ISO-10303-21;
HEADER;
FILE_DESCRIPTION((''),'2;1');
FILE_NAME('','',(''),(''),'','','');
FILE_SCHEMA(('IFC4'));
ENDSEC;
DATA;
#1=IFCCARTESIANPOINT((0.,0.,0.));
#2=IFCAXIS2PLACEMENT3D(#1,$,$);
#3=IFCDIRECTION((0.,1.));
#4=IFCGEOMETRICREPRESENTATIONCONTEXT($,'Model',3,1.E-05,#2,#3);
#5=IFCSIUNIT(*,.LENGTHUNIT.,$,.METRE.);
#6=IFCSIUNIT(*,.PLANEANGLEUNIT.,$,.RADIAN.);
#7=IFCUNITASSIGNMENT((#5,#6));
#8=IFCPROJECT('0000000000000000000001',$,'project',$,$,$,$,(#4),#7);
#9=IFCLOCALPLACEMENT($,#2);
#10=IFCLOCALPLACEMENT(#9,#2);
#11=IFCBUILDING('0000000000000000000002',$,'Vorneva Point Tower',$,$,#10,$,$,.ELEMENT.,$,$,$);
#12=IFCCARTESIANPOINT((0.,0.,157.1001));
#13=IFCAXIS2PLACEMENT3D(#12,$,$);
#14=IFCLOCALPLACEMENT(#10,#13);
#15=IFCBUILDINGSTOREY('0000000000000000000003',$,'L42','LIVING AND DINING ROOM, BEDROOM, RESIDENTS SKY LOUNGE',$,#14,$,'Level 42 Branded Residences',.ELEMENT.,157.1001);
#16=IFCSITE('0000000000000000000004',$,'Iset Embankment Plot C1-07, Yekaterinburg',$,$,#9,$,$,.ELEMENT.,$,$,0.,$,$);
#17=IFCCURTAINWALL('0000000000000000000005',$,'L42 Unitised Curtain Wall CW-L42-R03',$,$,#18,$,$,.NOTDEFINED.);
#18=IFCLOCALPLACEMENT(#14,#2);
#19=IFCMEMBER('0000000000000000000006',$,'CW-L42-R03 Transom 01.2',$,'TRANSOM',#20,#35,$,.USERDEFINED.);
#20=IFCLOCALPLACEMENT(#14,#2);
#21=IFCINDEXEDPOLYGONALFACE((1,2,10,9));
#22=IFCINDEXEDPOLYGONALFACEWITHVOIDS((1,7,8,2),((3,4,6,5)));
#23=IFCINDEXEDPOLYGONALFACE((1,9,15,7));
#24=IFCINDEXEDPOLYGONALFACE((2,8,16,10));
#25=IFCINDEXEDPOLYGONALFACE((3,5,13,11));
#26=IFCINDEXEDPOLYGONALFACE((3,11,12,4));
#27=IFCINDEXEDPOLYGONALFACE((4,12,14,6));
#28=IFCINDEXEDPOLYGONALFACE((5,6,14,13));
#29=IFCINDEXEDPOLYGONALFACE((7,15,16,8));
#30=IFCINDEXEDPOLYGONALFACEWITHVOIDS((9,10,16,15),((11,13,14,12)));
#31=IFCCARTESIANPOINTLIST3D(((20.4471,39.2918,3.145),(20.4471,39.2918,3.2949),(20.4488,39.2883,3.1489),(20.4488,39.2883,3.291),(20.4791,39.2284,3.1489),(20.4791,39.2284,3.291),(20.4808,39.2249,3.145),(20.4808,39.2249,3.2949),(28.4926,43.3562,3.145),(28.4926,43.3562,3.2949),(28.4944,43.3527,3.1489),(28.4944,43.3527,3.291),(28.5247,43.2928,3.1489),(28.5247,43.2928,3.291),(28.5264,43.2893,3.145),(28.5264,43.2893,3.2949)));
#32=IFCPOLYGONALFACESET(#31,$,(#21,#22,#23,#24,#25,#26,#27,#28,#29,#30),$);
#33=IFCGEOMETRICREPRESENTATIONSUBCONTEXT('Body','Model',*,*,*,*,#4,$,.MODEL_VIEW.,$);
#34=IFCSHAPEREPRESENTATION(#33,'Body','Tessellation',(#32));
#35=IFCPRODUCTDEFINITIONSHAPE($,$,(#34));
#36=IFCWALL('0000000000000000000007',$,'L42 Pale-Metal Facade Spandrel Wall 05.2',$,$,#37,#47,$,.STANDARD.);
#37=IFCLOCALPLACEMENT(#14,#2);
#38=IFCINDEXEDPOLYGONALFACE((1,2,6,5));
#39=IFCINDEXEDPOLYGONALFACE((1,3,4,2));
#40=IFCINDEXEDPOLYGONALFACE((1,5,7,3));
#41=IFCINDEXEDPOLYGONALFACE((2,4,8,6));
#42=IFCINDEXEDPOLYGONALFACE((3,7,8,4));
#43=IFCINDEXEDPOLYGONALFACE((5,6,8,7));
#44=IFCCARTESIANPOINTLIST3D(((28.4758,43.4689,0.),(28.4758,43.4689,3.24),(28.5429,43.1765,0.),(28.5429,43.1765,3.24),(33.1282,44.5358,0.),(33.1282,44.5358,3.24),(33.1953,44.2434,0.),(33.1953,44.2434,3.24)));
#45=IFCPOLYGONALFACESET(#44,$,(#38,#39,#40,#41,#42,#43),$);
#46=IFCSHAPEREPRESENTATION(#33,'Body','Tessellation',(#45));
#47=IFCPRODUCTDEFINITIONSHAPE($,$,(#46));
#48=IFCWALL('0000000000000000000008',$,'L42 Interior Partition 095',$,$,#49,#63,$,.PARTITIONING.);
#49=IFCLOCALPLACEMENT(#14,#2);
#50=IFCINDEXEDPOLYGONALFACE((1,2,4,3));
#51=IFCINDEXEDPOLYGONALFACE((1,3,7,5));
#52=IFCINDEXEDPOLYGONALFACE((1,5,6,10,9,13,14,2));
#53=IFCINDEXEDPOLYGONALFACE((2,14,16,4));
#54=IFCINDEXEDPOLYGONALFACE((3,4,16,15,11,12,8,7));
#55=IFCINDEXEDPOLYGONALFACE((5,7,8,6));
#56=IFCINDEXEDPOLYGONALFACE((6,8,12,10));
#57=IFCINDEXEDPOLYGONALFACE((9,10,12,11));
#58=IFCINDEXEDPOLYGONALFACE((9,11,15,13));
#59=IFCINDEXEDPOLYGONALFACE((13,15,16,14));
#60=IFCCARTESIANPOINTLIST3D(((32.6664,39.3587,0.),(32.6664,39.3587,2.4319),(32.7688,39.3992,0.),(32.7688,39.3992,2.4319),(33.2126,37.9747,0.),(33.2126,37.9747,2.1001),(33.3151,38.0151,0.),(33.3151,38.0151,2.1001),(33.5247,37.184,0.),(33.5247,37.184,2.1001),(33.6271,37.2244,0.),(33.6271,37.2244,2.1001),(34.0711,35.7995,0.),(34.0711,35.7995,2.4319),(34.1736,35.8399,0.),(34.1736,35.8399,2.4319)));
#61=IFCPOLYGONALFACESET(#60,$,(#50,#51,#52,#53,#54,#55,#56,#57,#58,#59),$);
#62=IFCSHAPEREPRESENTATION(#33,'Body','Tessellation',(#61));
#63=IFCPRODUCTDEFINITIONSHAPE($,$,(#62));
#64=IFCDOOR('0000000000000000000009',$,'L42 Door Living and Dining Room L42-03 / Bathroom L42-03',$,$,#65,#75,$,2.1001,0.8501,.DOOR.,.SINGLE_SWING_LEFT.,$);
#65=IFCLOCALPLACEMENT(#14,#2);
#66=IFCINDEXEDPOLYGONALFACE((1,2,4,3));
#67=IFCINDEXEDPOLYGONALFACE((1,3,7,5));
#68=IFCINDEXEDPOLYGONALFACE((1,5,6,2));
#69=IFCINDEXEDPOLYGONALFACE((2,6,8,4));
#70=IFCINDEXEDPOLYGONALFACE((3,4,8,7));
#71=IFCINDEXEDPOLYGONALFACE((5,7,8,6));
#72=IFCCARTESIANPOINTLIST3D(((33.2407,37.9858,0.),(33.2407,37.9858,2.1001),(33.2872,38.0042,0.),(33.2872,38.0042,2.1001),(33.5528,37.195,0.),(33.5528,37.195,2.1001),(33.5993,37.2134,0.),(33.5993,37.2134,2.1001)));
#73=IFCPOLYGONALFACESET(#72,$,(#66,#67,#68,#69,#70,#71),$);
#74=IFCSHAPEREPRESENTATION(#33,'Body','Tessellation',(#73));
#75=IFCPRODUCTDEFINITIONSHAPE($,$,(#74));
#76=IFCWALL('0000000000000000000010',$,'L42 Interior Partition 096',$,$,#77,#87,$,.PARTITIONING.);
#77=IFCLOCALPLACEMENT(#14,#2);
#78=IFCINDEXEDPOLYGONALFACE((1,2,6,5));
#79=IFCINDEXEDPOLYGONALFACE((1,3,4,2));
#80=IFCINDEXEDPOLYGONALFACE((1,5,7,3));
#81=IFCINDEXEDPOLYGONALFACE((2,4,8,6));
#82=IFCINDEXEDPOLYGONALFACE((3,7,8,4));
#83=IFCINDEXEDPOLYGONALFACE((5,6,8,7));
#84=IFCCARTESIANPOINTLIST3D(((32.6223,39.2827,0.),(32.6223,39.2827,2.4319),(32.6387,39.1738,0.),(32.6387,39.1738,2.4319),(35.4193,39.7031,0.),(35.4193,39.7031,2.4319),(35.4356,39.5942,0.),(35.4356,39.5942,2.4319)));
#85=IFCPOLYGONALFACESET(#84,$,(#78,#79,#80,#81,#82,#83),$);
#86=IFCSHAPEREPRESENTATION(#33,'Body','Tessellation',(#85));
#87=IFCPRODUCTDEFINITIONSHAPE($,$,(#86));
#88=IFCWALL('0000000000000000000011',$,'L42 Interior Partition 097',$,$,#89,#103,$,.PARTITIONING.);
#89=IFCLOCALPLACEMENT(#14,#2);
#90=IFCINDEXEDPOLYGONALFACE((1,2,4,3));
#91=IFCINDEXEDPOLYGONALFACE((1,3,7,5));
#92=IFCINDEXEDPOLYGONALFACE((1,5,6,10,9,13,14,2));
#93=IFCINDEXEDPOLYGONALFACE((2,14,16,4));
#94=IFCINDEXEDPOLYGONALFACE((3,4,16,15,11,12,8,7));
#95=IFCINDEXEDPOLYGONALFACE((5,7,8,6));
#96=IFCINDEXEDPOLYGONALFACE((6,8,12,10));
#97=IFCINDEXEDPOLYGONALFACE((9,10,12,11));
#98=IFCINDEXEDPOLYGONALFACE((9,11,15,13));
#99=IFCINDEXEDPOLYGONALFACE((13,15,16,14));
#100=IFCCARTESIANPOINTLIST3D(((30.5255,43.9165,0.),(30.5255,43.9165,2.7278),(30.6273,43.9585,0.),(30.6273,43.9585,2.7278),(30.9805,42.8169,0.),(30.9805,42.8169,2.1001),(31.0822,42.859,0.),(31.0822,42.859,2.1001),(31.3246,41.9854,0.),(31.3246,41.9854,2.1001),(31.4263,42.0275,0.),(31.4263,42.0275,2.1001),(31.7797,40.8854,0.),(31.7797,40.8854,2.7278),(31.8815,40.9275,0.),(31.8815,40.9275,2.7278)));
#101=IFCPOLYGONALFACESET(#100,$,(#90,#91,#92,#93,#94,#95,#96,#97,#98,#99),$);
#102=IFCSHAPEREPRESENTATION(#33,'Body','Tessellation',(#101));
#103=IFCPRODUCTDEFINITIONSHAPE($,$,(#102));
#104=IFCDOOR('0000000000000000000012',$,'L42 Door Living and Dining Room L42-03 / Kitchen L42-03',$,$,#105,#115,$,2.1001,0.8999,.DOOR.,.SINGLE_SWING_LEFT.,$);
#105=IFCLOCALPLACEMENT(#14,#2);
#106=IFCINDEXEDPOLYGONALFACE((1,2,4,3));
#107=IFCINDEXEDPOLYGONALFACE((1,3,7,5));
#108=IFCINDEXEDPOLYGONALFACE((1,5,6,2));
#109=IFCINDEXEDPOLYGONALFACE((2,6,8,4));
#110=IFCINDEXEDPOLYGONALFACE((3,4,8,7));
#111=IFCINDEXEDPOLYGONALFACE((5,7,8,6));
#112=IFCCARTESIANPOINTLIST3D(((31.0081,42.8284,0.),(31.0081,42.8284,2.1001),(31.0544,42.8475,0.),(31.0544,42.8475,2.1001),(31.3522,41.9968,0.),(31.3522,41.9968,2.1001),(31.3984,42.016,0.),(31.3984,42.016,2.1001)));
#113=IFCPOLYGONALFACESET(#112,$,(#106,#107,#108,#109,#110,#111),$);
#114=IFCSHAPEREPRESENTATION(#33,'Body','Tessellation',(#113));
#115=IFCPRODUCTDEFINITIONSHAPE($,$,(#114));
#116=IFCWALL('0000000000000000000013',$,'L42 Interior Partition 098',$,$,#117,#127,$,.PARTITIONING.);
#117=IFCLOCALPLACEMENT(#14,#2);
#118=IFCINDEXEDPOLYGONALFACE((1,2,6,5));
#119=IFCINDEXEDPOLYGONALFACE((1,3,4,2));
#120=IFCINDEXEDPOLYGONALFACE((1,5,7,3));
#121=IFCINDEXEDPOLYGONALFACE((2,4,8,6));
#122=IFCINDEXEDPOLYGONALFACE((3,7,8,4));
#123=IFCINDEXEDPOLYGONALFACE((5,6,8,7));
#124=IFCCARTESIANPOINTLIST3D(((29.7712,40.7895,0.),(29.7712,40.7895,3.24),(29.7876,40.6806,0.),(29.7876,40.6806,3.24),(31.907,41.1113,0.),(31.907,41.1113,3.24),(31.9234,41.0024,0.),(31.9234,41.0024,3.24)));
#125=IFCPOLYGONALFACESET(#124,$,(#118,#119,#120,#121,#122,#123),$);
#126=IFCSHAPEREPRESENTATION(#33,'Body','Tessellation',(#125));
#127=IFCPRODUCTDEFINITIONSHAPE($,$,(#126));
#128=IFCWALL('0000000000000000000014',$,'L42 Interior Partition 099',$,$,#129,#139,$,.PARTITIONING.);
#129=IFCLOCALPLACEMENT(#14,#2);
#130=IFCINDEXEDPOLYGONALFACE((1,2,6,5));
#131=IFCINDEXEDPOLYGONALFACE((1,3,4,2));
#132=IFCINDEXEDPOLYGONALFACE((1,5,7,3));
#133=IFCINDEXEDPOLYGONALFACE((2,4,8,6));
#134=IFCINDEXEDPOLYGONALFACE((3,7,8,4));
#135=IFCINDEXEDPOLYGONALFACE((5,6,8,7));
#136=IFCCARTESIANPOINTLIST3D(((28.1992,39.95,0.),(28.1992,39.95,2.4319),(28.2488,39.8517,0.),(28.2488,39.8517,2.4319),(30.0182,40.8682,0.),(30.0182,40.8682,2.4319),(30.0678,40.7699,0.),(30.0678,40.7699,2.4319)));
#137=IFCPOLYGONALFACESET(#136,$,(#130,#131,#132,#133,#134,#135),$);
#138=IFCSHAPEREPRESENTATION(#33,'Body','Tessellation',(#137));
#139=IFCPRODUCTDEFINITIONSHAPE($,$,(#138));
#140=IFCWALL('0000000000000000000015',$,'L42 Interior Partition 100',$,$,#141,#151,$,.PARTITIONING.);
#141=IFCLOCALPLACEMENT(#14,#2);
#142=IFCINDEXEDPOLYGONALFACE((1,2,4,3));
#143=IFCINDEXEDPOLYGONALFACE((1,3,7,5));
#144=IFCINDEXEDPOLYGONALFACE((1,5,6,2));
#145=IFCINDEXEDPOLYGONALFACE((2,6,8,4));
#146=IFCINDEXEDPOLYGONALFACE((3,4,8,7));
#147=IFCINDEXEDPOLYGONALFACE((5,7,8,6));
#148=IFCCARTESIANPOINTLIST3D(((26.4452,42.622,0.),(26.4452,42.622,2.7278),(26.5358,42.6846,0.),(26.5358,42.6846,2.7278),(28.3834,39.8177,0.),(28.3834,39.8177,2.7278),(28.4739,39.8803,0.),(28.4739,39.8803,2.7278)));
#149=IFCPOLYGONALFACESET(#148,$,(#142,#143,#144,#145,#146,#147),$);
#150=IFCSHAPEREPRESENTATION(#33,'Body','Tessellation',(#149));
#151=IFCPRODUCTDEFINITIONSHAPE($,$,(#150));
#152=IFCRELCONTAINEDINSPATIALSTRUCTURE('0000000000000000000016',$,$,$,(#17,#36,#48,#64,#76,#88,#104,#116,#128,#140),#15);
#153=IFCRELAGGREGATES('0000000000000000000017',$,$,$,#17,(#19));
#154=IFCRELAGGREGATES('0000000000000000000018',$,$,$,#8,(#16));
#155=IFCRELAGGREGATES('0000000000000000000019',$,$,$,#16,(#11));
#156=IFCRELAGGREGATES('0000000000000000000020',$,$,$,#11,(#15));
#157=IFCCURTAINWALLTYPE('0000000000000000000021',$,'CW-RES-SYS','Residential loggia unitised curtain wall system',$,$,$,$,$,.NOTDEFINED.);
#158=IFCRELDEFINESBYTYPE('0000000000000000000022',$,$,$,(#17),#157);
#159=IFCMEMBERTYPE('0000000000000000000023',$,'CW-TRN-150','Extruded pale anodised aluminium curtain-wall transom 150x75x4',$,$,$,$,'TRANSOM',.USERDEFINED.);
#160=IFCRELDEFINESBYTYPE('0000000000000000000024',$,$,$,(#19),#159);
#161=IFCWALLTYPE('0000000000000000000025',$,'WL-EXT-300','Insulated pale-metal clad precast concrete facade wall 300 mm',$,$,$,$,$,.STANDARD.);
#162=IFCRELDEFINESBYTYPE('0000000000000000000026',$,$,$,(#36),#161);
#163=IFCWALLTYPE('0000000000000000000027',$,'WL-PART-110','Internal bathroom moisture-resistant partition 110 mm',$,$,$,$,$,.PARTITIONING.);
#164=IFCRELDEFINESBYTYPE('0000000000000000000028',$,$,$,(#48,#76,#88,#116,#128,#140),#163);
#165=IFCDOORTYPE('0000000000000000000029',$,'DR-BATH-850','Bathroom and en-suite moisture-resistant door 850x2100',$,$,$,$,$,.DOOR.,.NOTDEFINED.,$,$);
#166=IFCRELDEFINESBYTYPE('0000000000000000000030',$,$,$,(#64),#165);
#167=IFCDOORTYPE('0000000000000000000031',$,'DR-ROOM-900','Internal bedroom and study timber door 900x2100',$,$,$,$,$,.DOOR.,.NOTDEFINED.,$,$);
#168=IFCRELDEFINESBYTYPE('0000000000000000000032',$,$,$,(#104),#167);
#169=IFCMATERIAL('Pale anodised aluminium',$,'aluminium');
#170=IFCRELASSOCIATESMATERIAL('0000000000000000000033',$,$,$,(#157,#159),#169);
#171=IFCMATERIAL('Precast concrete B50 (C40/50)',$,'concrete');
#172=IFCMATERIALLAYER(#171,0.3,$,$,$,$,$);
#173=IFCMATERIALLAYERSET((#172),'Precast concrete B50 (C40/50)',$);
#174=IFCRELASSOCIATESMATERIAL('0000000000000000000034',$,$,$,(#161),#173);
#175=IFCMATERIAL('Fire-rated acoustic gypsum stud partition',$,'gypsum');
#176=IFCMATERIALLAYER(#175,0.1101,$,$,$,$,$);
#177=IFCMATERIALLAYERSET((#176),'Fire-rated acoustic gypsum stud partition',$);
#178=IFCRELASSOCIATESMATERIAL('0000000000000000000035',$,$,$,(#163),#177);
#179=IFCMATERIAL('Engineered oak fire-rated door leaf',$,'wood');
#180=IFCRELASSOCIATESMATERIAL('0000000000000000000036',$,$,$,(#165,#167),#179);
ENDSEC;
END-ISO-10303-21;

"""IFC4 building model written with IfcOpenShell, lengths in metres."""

from ifc_helpers import new_model, si_unit, direction, frame, frame_2d, origin, origin_2d, place, context, subcontext, project, spatial, rectangle, hollow_rectangle, extrude, material, layer, layer_set, material_profile, profile_set, type_object, element, fill, aggregate, save


model = new_model("IFC4")

# Units and contexts
model_context = context("Model", 3, precision=1e-05, world=origin(), true_north=direction((0.0, 1.0)))
body_context = subcontext(model_context, "Body", "Model", "MODEL_VIEW")
ifc_project = project(units=[si_unit("LENGTHUNIT", "METRE"), si_unit("PLANEANGLEUNIT", "RADIAN")], contexts=[model_context])

# Site, building, storey
site_placement = place(None, origin())
site = spatial("IfcSite", under=ifc_project, at=site_placement, Name="Iset Embankment Plot C1-07, Yekaterinburg", CompositionType="ELEMENT", RefElevation=0.0)
building_placement = place(site_placement, origin())
building = spatial("IfcBuilding", under=site, at=building_placement, Name="Vorneva Point Tower", CompositionType="ELEMENT")
storey_placement = place(building_placement, frame((0.0, 0.0, 157.1001)))
storey = spatial("IfcBuildingStorey", under=building, at=storey_placement, Name="L42", Description="LIVING AND DINING ROOM, BEDROOM, RESIDENTS SKY LOUNGE", LongName="Level 42 Branded Residences", CompositionType="ELEMENT", Elevation=157.1001)

# Curtain wall, member
ifc_material_1 = material(Name="Pale anodised aluminium", Category="aluminium")
curtain_wall_type = type_object("IfcCurtainWallType", Name="CW-RES-SYS", Description="Residential loggia unitised curtain wall system", PredefinedType="NOTDEFINED", material=ifc_material_1)
curtain_wall_placement = place(storey_placement, origin())
curtain_wall = element("IfcCurtainWall", 1, at=curtain_wall_placement, inside=storey, type_object=curtain_wall_type, Name="L42 Unitised Curtain Wall CW-L42-R03", PredefinedType="NOTDEFINED")
ifc_material_profile_1 = material_profile(ifc_material_1, hollow_rectangle(XDim=0.075, YDim=0.1499, WallThickness=0.0039, at=origin_2d()), Name="AL-TRN 150x75x4")
ifc_profile_set_1 = profile_set([ifc_material_profile_1], Name="Pale anodised aluminium")
member_type_1 = type_object("IfcMemberType", Name="CW-TRN-150", Description="Extruded pale anodised aluminium curtain-wall transom 150x75x4", ElementType="TRANSOM", PredefinedType="USERDEFINED", material=ifc_profile_set_1)
member_1_placement = place(storey_placement, frame((28.5095, 43.3228, 3.22), z_axis=(-0.892572, -0.450904, 0.0), x_axis=(0.450904, -0.892572, 0.0)))
member_1 = element("IfcMember", 2, at=member_1_placement, type_object=member_type_1, Name="CW-L42-R03 Transom 01.2", ObjectType="TRANSOM", PredefinedType="USERDEFINED", context=body_context, shape_type="SweptSolid", body=[
    extrude(hollow_rectangle(XDim=0.075, YDim=0.1499, WallThickness=0.0039, at=origin_2d()), origin(), (0.0, 0.0, 1.0), 9.0139),
])
aggregate(curtain_wall, [member_1])

# Wall
ifc_material_2 = material(Name="Precast concrete B50 (C40/50)", Category="concrete")
ifc_layer_1 = layer(ifc_material_2, 0.3)
ifc_layer_set_1 = layer_set([ifc_layer_1], Name="Precast concrete B50 (C40/50)")
wall_type_1 = type_object("IfcWallType", Name="WL-EXT-300", Description="Insulated pale-metal clad precast concrete facade wall 300 mm", PredefinedType="STANDARD", material=ifc_layer_set_1)
wall_1_placement = place(storey_placement, frame((33.1619, 44.3896, 0.0), z_axis=(0.0, 0.0, 1.0), x_axis=(-0.974699, -0.223522, 0.0)))
element("IfcWall", 3, at=wall_1_placement, inside=storey, type_object=wall_type_1, Name="L42 Pale-Metal Facade Spandrel Wall 05.2", PredefinedType="STANDARD", context=body_context, shape_type="SweptSolid", body=[
    extrude(rectangle(XDim=4.7732, YDim=0.3, at=frame_2d((2.3867, 0.0))), origin(), (0.0, 0.0, 1.0), 3.24),
])

# Wall, opening, door
ifc_material_3 = material(Name="Fire-rated acoustic gypsum stud partition", Category="gypsum")
ifc_layer_2 = layer(ifc_material_3, 0.1101)
ifc_layer_set_2 = layer_set([ifc_layer_2], Name="Fire-rated acoustic gypsum stud partition")
wall_type_2 = type_object("IfcWallType", Name="WL-PART-110", Description="Internal bathroom moisture-resistant partition 110 mm", PredefinedType="PARTITIONING", material=ifc_layer_set_2)
wall_2_placement = place(storey_placement, frame((34.1223, 35.8198, 0.0), z_axis=(0.0, 0.0, 1.0), x_axis=(-0.367119, 0.930174, 0.0)))
wall_2 = element("IfcWall", 4, at=wall_2_placement, inside=storey, type_object=wall_type_2, Name="L42 Interior Partition 095", PredefinedType="PARTITIONING", context=body_context, shape_type="SweptSolid", body=[
    extrude(rectangle(XDim=3.8264, YDim=0.1101, at=frame_2d((1.9131, 0.0))), origin(), (0.0, 0.0, 1.0), 2.4319),
])
opening_1_placement = place(wall_2_placement, frame((1.4883, 0.0, 0.0)))
opening_1 = element("IfcOpeningElement", 5, at=opening_1_placement, cuts=wall_2, PredefinedType="OPENING", context=body_context, shape_type="SweptSolid", body=[
    extrude(rectangle(XDim=0.8501, YDim=2.1001, at=frame_2d((0.425, 1.05))), frame((0.0, 0.0698, 0.0), z_axis=(0.0, -1.0, 0.0), x_axis=(1.0, 0.0, 0.0)), (0.0, 0.0, 1.0), 0.1399),
])
ifc_material_4 = material(Name="Engineered oak fire-rated door leaf", Category="wood")
door_type_1 = type_object("IfcDoorType", Name="DR-BATH-850", Description="Bathroom and en-suite moisture-resistant door 850x2100", OperationType="NOTDEFINED", PredefinedType="DOOR", material=ifc_material_4)
door_1_placement = place(opening_1_placement, origin())
door_1 = element("IfcDoor", 6, at=door_1_placement, inside=storey, type_object=door_type_1, Name="L42 Door Living and Dining Room L42-03 / Bathroom L42-03", OperationType="SINGLE_SWING_LEFT", OverallHeight=2.1001, OverallWidth=0.8501, PredefinedType="DOOR", context=body_context, shape_type="SweptSolid", body=[
    extrude(rectangle(XDim=0.8501, YDim=2.1001, at=frame_2d((0.425, 1.05))), frame((0.0, 0.0249, 0.0), z_axis=(0.0, -1.0, 0.0), x_axis=(1.0, 0.0, 0.0)), (0.0, 0.0, 1.0), 0.05),
])
fill(opening_1, door_1)

# Wall
wall_3_placement = place(storey_placement, frame((32.6306, 39.2283, 0.0), z_axis=(0.0, 0.0, 1.0), x_axis=(0.988891, 0.148644, 0.0)))
element("IfcWall", 7, at=wall_3_placement, inside=storey, type_object=wall_type_2, Name="L42 Interior Partition 096", PredefinedType="PARTITIONING", context=body_context, shape_type="SweptSolid", body=[
    extrude(rectangle(XDim=2.8284, YDim=0.1101, at=frame_2d((1.4141, 0.0))), origin(), (0.0, 0.0, 1.0), 2.4319),
])

# Wall, opening, door
wall_4_placement = place(storey_placement, frame((30.5764, 43.9375, 0.0), z_axis=(0.0, 0.0, 1.0), x_axis=(0.382336, -0.924023, 0.0)))
wall_4 = element("IfcWall", 8, at=wall_4_placement, inside=storey, type_object=wall_type_2, Name="L42 Interior Partition 097", PredefinedType="PARTITIONING", context=body_context, shape_type="SweptSolid", body=[
    extrude(rectangle(XDim=3.2803, YDim=0.1101, at=frame_2d((1.6401, 0.0))), origin(), (0.0, 0.0, 1.0), 2.7278),
])
opening_2_placement = place(wall_4_placement, frame((1.1899, 0.0, 0.0)))
opening_2 = element("IfcOpeningElement", 9, at=opening_2_placement, cuts=wall_4, PredefinedType="OPENING", context=body_context, shape_type="SweptSolid", body=[
    extrude(rectangle(XDim=0.8999, YDim=2.1001, at=frame_2d((0.45, 1.05))), frame((0.0, 0.0698, 0.0), z_axis=(0.0, -1.0, 0.0), x_axis=(1.0, 0.0, 0.0)), (0.0, 0.0, 1.0), 0.1399),
])
door_type_2 = type_object("IfcDoorType", Name="DR-ROOM-900", Description="Internal bedroom and study timber door 900x2100", OperationType="NOTDEFINED", PredefinedType="DOOR", material=ifc_material_4)
door_2_placement = place(opening_2_placement, origin())
door_2 = element("IfcDoor", 10, at=door_2_placement, inside=storey, type_object=door_type_2, Name="L42 Door Living and Dining Room L42-03 / Kitchen L42-03", OperationType="SINGLE_SWING_LEFT", OverallHeight=2.1001, OverallWidth=0.8999, PredefinedType="DOOR", context=body_context, shape_type="SweptSolid", body=[
    extrude(rectangle(XDim=0.8999, YDim=2.1001, at=frame_2d((0.45, 1.05))), frame((0.0, 0.0249, 0.0), z_axis=(0.0, -1.0, 0.0), x_axis=(1.0, 0.0, 0.0)), (0.0, 0.0, 1.0), 0.05),
])
fill(opening_2, door_2)

# Walls
wall_5_placement = place(storey_placement, frame((31.9153, 41.0569, 0.0), z_axis=(0.0, 0.0, 1.0), x_axis=(-0.98884, -0.148982, 0.0)))
element("IfcWall", 11, at=wall_5_placement, inside=storey, type_object=wall_type_2, Name="L42 Interior Partition 098", PredefinedType="PARTITIONING", context=body_context, shape_type="SweptSolid", body=[
    extrude(rectangle(XDim=2.1599, YDim=0.1101, at=frame_2d((1.0801, 0.0))), origin(), (0.0, 0.0, 1.0), 3.24),
])
wall_6_placement = place(storey_placement, frame((30.043, 40.8191, 0.0), z_axis=(0.0, 0.0, 1.0), x_axis=(-0.892695, -0.450661, 0.0)))
element("IfcWall", 12, at=wall_6_placement, inside=storey, type_object=wall_type_2, Name="L42 Interior Partition 099", PredefinedType="PARTITIONING", context=body_context, shape_type="SweptSolid", body=[
    extrude(rectangle(XDim=2.0376, YDim=0.1101, at=frame_2d((1.0188, 0.0))), origin(), (0.0, 0.0, 1.0), 2.4319),
])
wall_7_placement = place(storey_placement, frame((28.4287, 39.8489, 0.0), z_axis=(0.0, 0.0, 1.0), x_axis=(-0.568554, 0.822646, 0.0)))
element("IfcWall", 13, at=wall_7_placement, inside=storey, type_object=wall_type_2, Name="L42 Interior Partition 100", PredefinedType="PARTITIONING", context=body_context, shape_type="SweptSolid", body=[
    extrude(rectangle(XDim=3.4089, YDim=0.1101, at=frame_2d((1.7046, 0.0))), origin(), (0.0, 0.0, 1.0), 2.7278),
])

save(model, "model.ifc")
